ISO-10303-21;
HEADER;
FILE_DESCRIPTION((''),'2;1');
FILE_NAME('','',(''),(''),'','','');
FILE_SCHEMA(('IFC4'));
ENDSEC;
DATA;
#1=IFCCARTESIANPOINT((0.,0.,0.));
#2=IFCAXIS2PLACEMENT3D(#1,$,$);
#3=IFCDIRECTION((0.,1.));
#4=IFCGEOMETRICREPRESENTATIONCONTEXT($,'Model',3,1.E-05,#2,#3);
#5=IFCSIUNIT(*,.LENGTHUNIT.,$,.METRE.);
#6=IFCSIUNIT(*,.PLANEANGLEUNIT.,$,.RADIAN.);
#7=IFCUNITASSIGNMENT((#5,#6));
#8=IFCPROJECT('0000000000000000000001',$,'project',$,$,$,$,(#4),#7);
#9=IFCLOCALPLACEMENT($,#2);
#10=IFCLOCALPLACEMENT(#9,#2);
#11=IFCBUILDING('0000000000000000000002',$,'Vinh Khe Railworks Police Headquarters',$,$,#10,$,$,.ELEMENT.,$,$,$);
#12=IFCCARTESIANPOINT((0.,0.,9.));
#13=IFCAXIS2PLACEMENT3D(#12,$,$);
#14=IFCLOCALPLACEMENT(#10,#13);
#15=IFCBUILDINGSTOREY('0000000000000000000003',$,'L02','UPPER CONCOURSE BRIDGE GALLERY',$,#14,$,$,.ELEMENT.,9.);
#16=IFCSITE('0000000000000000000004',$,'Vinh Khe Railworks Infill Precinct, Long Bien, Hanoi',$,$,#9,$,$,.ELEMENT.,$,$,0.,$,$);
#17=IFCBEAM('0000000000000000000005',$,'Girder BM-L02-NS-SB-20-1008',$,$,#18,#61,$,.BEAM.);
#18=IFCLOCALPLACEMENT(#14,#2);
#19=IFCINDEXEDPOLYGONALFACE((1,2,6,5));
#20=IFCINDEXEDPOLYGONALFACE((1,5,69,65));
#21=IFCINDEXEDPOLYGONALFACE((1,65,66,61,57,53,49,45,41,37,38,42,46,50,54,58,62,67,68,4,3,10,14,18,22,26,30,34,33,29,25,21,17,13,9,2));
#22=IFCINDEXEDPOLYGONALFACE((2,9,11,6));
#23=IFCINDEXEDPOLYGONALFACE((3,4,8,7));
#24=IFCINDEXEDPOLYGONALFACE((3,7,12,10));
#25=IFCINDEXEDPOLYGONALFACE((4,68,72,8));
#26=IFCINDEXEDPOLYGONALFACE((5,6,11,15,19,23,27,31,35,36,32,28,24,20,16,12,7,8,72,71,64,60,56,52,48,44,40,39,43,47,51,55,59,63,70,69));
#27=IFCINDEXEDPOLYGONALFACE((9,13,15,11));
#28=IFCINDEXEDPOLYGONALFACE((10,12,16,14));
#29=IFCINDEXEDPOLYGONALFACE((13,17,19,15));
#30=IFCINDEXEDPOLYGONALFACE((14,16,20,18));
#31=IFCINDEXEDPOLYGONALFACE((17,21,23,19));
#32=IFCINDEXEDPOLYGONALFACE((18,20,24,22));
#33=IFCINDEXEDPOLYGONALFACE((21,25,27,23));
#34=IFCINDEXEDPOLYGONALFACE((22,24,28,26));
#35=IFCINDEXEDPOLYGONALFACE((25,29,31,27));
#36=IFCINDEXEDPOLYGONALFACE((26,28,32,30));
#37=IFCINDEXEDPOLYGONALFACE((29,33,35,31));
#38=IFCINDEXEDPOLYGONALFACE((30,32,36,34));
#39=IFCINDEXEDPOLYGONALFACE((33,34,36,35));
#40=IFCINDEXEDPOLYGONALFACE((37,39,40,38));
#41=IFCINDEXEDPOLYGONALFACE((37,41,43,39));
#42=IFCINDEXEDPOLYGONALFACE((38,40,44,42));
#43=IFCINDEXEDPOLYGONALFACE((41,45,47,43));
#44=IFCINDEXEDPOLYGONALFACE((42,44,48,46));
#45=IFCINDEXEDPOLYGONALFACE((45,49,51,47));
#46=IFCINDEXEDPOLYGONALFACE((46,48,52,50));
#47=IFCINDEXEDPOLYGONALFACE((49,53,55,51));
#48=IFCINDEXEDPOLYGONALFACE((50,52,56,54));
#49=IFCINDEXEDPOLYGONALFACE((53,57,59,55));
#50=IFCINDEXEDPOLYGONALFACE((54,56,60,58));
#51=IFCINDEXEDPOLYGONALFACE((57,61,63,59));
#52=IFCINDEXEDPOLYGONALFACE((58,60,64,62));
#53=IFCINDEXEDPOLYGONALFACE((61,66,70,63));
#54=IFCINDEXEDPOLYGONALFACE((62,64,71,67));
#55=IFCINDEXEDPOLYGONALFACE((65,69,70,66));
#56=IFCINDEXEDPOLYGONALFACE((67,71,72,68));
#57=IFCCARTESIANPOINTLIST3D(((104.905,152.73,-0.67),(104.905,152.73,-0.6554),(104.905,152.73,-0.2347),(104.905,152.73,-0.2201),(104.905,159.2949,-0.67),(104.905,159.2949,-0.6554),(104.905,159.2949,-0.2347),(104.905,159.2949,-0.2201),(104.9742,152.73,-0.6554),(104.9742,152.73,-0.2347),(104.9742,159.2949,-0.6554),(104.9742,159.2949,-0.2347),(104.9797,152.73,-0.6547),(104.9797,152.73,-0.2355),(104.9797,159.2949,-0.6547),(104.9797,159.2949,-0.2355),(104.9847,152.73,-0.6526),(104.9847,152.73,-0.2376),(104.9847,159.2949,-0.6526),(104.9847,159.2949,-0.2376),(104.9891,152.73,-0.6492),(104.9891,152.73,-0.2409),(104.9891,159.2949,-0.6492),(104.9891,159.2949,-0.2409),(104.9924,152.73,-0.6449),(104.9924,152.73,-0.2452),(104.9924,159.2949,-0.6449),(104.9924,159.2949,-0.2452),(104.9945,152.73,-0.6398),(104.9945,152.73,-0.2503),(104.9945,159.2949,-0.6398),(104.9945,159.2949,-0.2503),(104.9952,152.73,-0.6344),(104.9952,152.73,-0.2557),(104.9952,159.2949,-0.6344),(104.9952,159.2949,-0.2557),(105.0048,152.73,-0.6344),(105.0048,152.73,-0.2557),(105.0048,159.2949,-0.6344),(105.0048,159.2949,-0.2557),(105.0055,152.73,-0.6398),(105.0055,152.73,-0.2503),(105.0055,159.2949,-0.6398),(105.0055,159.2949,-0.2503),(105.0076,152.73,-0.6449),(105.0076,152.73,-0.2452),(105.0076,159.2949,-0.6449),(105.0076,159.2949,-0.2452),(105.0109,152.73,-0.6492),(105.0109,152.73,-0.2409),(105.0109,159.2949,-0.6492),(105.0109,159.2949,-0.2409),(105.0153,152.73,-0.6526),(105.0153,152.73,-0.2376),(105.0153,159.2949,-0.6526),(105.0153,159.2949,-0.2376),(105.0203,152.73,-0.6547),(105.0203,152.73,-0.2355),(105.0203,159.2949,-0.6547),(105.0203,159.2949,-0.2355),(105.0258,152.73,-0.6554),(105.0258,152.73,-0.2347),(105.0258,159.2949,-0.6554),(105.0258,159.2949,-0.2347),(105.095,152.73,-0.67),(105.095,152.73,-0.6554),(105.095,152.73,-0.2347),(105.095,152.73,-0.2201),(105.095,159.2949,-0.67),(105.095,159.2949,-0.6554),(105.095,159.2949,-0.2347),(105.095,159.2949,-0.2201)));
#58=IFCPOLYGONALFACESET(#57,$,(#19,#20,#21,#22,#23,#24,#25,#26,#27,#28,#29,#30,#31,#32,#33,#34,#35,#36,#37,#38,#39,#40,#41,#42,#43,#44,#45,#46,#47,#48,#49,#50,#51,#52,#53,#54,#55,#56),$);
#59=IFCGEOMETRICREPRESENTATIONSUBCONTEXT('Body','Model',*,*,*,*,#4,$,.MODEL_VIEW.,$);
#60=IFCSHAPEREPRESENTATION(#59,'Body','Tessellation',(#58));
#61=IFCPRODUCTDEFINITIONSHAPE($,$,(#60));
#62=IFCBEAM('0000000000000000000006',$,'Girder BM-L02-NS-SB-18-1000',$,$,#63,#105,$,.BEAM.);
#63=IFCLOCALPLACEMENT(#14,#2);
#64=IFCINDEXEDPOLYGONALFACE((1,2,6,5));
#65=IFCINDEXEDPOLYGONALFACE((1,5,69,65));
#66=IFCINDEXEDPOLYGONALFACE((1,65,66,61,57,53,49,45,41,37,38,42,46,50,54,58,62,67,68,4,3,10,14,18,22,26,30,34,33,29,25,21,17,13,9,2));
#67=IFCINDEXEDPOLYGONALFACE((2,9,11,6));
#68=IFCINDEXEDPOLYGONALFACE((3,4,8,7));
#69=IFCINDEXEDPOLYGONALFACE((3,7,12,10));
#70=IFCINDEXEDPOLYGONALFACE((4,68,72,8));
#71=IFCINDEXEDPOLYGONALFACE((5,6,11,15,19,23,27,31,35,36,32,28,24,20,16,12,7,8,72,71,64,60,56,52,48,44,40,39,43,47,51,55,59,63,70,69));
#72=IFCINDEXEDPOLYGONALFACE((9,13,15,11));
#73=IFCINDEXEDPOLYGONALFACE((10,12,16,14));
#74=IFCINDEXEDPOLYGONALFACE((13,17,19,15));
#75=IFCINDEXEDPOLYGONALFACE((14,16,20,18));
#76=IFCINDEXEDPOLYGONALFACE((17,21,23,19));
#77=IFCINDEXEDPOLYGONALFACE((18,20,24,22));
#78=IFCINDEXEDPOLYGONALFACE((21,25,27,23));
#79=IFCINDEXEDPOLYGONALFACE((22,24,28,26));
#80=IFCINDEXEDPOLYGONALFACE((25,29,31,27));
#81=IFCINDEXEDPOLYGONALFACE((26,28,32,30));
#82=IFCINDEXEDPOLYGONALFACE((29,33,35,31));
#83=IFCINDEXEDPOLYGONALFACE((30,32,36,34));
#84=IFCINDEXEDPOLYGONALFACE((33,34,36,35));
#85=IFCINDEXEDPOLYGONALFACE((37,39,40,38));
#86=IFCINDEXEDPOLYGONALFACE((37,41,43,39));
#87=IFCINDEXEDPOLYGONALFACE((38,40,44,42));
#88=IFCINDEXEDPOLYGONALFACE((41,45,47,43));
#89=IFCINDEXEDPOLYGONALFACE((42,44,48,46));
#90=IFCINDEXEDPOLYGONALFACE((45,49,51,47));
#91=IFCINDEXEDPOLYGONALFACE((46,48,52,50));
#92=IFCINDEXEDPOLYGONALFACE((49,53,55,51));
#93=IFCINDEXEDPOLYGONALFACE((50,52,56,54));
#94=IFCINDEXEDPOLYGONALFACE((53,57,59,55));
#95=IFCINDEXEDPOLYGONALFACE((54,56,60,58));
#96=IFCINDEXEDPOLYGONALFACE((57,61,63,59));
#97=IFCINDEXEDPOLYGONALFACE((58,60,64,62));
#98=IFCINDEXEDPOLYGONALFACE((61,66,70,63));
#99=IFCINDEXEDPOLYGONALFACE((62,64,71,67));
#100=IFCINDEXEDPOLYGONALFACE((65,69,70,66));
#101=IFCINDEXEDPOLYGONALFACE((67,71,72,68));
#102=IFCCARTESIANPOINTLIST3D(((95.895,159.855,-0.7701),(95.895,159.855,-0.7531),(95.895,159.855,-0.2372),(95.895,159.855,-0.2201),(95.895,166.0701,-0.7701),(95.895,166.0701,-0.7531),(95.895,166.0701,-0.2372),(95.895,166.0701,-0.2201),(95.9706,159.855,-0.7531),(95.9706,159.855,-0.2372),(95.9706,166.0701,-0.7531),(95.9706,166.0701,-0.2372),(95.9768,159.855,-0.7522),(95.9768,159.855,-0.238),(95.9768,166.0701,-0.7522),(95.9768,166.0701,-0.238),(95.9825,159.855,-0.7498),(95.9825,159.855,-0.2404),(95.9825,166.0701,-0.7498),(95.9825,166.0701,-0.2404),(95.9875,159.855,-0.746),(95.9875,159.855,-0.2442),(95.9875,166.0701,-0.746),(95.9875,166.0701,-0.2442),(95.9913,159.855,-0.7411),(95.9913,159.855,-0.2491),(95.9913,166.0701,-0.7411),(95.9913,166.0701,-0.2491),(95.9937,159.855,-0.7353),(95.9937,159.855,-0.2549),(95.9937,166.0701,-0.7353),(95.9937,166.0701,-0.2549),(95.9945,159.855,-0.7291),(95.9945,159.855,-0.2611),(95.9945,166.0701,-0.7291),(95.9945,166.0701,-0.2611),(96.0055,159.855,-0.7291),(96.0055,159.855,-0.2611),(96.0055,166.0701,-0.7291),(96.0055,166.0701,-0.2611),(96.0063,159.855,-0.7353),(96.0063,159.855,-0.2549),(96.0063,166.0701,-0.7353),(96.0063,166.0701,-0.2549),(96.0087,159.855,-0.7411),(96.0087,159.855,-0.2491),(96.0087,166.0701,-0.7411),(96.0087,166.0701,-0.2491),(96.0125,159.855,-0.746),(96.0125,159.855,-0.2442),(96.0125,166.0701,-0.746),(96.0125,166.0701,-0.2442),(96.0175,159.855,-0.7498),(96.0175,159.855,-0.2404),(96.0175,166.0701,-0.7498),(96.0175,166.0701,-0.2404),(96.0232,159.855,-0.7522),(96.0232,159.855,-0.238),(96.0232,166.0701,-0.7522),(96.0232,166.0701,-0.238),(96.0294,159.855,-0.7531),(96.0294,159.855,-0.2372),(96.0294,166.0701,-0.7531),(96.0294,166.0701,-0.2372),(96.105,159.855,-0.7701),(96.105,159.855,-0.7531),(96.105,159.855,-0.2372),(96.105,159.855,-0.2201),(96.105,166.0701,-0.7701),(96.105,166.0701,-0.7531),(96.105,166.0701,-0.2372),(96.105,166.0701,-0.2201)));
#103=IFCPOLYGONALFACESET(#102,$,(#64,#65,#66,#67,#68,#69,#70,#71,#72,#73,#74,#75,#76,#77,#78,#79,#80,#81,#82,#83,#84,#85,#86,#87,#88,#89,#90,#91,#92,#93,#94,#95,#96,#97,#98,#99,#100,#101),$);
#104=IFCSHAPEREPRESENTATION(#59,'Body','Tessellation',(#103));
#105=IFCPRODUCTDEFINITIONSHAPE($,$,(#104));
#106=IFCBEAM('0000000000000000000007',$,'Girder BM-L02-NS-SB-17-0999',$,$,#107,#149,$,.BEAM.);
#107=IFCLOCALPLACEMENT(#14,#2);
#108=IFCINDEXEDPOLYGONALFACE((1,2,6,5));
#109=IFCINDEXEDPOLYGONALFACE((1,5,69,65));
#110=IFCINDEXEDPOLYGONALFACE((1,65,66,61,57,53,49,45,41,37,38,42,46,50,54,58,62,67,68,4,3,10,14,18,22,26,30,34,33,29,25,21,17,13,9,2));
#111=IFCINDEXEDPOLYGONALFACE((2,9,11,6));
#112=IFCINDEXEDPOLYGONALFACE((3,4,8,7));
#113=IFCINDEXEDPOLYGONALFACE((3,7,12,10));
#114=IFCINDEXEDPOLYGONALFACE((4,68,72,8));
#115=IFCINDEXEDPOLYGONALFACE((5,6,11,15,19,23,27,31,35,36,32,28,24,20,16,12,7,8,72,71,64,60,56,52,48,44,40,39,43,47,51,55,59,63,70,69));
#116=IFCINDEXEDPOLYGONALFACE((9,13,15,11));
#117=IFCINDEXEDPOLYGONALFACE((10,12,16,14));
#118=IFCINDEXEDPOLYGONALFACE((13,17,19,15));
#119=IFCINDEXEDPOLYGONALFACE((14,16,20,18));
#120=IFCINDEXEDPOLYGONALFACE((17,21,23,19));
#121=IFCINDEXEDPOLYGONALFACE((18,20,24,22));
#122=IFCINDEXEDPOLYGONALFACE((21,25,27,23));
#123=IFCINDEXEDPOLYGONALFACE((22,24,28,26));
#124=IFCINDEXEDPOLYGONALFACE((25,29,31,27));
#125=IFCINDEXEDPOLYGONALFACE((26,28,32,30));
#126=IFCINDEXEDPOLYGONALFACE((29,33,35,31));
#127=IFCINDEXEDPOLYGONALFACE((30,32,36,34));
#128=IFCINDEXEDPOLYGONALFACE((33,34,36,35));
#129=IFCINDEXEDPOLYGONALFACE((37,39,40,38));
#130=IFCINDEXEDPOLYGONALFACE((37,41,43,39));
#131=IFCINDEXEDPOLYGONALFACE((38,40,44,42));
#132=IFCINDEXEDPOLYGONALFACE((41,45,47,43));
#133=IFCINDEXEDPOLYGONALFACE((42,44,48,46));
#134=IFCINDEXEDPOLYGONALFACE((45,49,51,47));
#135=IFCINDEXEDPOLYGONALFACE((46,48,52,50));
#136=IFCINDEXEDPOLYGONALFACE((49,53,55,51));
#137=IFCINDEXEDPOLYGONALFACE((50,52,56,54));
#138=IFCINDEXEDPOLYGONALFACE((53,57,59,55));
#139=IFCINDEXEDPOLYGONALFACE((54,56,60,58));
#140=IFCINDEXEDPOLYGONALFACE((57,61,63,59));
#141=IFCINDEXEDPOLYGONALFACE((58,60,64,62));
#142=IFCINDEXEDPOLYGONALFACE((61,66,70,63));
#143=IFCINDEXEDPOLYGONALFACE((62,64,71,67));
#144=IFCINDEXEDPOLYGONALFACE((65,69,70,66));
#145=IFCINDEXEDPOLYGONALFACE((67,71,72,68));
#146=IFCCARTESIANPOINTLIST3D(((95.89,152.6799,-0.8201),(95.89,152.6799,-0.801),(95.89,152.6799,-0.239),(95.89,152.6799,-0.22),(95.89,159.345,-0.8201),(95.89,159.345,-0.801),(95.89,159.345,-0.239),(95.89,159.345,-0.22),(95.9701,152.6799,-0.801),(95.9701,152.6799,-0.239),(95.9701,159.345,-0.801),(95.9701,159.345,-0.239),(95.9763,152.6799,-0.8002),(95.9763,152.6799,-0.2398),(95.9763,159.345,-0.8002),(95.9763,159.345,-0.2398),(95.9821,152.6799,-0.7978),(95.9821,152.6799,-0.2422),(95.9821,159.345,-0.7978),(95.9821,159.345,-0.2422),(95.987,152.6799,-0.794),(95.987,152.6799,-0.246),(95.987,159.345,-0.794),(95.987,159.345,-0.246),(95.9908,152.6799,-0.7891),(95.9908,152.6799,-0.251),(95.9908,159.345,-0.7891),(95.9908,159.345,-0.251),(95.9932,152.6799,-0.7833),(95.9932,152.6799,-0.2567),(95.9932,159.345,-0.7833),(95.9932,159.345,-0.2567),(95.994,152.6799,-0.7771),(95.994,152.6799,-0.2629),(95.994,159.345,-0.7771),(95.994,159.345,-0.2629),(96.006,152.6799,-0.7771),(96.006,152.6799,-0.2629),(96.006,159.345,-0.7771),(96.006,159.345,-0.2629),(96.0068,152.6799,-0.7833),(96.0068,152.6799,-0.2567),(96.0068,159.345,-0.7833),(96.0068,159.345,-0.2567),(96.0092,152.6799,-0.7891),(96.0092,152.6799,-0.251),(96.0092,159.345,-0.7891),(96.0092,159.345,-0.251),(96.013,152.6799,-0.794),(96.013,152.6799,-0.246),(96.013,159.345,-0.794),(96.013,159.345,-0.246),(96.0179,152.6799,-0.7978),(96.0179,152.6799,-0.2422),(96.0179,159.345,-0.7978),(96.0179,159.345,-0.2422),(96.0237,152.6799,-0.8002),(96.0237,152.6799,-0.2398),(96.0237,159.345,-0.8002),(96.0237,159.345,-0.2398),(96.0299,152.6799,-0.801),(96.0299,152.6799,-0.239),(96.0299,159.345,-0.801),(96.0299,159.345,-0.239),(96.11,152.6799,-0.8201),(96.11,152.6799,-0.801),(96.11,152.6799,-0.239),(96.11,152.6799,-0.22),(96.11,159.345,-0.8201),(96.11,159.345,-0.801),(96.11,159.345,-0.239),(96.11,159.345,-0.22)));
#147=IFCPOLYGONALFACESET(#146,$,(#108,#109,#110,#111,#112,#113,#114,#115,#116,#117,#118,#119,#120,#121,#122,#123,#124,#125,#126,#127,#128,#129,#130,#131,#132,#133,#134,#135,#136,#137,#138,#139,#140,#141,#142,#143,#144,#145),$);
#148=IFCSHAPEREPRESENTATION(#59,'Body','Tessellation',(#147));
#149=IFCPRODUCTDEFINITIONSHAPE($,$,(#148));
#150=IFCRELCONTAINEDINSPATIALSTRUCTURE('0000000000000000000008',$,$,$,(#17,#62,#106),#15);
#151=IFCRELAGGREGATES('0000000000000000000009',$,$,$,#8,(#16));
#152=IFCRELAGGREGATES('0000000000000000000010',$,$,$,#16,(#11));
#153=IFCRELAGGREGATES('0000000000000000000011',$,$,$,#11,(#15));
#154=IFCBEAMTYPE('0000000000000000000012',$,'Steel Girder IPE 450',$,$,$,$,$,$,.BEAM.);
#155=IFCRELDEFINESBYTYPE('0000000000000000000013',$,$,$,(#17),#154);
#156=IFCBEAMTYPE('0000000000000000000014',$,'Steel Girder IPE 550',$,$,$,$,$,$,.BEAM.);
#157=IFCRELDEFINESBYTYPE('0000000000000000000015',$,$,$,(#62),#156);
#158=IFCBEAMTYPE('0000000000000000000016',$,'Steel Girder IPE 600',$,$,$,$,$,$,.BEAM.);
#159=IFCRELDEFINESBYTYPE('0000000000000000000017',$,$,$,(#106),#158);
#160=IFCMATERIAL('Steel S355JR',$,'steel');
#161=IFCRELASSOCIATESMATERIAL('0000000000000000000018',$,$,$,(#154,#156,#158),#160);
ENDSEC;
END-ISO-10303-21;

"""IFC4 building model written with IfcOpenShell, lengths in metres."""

from ifc_helpers import new_model, si_unit, direction, frame, origin, origin_2d, place, context, subcontext, project, spatial, i_section, extrude, material, material_profile, profile_set, type_object, element, save


model = new_model("IFC4")

# Units and contexts
model_context = context("Model", 3, precision=1e-05, world=origin(), true_north=direction((0.0, 1.0)))
body_context = subcontext(model_context, "Body", "Model", "MODEL_VIEW")
ifc_project = project(units=[si_unit("LENGTHUNIT", "METRE"), si_unit("PLANEANGLEUNIT", "RADIAN")], contexts=[model_context])

# Site, building, storey
site_placement = place(None, origin())
site = spatial("IfcSite", under=ifc_project, at=site_placement, Name="Vinh Khe Railworks Infill Precinct, Long Bien, Hanoi", CompositionType="ELEMENT", RefElevation=0.0)
building_placement = place(site_placement, origin())
building = spatial("IfcBuilding", under=site, at=building_placement, Name="Vinh Khe Railworks Police Headquarters", CompositionType="ELEMENT")
storey_placement = place(building_placement, frame((0.0, 0.0, 9.0)))
storey = spatial("IfcBuildingStorey", under=building, at=storey_placement, Name="L02", Description="UPPER CONCOURSE BRIDGE GALLERY", CompositionType="ELEMENT", Elevation=9.0)

# Shared definitions
ifc_material_1 = material(Name="Steel S355JR", Category="steel")

# Beams
ifc_material_profile_1 = material_profile(ifc_material_1, i_section(OverallWidth=0.1899, OverallDepth=0.45, WebThickness=0.0095, FlangeThickness=0.0146, FilletRadius=0.021, at=origin_2d()), Name="IPE 450")
ifc_profile_set_1 = profile_set([ifc_material_profile_1], Name="Steel S355JR")
beam_type_1 = type_object("IfcBeamType", Name="Steel Girder IPE 450", PredefinedType="BEAM", material=ifc_profile_set_1)
beam_1_placement = place(storey_placement, frame((105.0, 152.73, -0.4451), z_axis=(0.0, 1.0, 0.0), x_axis=(-1.0, 0.0, 0.0)))
element("IfcBeam", 1, at=beam_1_placement, inside=storey, type_object=beam_type_1, Name="Girder BM-L02-NS-SB-20-1008", PredefinedType="BEAM", context=body_context, shape_type="SweptSolid", body=[
    extrude(i_section(OverallWidth=0.1899, OverallDepth=0.45, WebThickness=0.0095, FlangeThickness=0.0146, FilletRadius=0.021, at=origin_2d()), origin(), (0.0, 0.0, 1.0), 6.5649),
])
ifc_material_profile_2 = material_profile(ifc_material_1, i_section(OverallWidth=0.21, OverallDepth=0.55, WebThickness=0.011, FlangeThickness=0.0171, FilletRadius=0.0239, at=origin_2d()), Name="IPE 550")
ifc_profile_set_2 = profile_set([ifc_material_profile_2], Name="Steel S355JR")
beam_type_2 = type_object("IfcBeamType", Name="Steel Girder IPE 550", PredefinedType="BEAM", material=ifc_profile_set_2)
beam_2_placement = place(storey_placement, frame((96.0, 159.855, -0.4951), z_axis=(0.0, 1.0, 0.0), x_axis=(-1.0, 0.0, 0.0)))
element("IfcBeam", 2, at=beam_2_placement, inside=storey, type_object=beam_type_2, Name="Girder BM-L02-NS-SB-18-1000", PredefinedType="BEAM", context=body_context, shape_type="SweptSolid", body=[
    extrude(i_section(OverallWidth=0.21, OverallDepth=0.55, WebThickness=0.011, FlangeThickness=0.0171, FilletRadius=0.0239, at=origin_2d()), origin(), (0.0, 0.0, 1.0), 6.2151),
])
ifc_material_profile_3 = material_profile(ifc_material_1, i_section(OverallWidth=0.22, OverallDepth=0.6001, WebThickness=0.012, FlangeThickness=0.019, FilletRadius=0.0239, at=origin_2d()), Name="IPE 600")
ifc_profile_set_3 = profile_set([ifc_material_profile_3], Name="Steel S355JR")
beam_type_3 = type_object("IfcBeamType", Name="Steel Girder IPE 600", PredefinedType="BEAM", material=ifc_profile_set_3)
beam_3_placement = place(storey_placement, frame((96.0, 152.6799, -0.52), z_axis=(0.0, 1.0, 0.0), x_axis=(-1.0, 0.0, 0.0)))
element("IfcBeam", 3, at=beam_3_placement, inside=storey, type_object=beam_type_3, Name="Girder BM-L02-NS-SB-17-0999", PredefinedType="BEAM", context=body_context, shape_type="SweptSolid", body=[
    extrude(i_section(OverallWidth=0.22, OverallDepth=0.6001, WebThickness=0.012, FlangeThickness=0.019, FilletRadius=0.0239, at=origin_2d()), origin(), (0.0, 0.0, 1.0), 6.665),
])

save(model, "model.ifc")
